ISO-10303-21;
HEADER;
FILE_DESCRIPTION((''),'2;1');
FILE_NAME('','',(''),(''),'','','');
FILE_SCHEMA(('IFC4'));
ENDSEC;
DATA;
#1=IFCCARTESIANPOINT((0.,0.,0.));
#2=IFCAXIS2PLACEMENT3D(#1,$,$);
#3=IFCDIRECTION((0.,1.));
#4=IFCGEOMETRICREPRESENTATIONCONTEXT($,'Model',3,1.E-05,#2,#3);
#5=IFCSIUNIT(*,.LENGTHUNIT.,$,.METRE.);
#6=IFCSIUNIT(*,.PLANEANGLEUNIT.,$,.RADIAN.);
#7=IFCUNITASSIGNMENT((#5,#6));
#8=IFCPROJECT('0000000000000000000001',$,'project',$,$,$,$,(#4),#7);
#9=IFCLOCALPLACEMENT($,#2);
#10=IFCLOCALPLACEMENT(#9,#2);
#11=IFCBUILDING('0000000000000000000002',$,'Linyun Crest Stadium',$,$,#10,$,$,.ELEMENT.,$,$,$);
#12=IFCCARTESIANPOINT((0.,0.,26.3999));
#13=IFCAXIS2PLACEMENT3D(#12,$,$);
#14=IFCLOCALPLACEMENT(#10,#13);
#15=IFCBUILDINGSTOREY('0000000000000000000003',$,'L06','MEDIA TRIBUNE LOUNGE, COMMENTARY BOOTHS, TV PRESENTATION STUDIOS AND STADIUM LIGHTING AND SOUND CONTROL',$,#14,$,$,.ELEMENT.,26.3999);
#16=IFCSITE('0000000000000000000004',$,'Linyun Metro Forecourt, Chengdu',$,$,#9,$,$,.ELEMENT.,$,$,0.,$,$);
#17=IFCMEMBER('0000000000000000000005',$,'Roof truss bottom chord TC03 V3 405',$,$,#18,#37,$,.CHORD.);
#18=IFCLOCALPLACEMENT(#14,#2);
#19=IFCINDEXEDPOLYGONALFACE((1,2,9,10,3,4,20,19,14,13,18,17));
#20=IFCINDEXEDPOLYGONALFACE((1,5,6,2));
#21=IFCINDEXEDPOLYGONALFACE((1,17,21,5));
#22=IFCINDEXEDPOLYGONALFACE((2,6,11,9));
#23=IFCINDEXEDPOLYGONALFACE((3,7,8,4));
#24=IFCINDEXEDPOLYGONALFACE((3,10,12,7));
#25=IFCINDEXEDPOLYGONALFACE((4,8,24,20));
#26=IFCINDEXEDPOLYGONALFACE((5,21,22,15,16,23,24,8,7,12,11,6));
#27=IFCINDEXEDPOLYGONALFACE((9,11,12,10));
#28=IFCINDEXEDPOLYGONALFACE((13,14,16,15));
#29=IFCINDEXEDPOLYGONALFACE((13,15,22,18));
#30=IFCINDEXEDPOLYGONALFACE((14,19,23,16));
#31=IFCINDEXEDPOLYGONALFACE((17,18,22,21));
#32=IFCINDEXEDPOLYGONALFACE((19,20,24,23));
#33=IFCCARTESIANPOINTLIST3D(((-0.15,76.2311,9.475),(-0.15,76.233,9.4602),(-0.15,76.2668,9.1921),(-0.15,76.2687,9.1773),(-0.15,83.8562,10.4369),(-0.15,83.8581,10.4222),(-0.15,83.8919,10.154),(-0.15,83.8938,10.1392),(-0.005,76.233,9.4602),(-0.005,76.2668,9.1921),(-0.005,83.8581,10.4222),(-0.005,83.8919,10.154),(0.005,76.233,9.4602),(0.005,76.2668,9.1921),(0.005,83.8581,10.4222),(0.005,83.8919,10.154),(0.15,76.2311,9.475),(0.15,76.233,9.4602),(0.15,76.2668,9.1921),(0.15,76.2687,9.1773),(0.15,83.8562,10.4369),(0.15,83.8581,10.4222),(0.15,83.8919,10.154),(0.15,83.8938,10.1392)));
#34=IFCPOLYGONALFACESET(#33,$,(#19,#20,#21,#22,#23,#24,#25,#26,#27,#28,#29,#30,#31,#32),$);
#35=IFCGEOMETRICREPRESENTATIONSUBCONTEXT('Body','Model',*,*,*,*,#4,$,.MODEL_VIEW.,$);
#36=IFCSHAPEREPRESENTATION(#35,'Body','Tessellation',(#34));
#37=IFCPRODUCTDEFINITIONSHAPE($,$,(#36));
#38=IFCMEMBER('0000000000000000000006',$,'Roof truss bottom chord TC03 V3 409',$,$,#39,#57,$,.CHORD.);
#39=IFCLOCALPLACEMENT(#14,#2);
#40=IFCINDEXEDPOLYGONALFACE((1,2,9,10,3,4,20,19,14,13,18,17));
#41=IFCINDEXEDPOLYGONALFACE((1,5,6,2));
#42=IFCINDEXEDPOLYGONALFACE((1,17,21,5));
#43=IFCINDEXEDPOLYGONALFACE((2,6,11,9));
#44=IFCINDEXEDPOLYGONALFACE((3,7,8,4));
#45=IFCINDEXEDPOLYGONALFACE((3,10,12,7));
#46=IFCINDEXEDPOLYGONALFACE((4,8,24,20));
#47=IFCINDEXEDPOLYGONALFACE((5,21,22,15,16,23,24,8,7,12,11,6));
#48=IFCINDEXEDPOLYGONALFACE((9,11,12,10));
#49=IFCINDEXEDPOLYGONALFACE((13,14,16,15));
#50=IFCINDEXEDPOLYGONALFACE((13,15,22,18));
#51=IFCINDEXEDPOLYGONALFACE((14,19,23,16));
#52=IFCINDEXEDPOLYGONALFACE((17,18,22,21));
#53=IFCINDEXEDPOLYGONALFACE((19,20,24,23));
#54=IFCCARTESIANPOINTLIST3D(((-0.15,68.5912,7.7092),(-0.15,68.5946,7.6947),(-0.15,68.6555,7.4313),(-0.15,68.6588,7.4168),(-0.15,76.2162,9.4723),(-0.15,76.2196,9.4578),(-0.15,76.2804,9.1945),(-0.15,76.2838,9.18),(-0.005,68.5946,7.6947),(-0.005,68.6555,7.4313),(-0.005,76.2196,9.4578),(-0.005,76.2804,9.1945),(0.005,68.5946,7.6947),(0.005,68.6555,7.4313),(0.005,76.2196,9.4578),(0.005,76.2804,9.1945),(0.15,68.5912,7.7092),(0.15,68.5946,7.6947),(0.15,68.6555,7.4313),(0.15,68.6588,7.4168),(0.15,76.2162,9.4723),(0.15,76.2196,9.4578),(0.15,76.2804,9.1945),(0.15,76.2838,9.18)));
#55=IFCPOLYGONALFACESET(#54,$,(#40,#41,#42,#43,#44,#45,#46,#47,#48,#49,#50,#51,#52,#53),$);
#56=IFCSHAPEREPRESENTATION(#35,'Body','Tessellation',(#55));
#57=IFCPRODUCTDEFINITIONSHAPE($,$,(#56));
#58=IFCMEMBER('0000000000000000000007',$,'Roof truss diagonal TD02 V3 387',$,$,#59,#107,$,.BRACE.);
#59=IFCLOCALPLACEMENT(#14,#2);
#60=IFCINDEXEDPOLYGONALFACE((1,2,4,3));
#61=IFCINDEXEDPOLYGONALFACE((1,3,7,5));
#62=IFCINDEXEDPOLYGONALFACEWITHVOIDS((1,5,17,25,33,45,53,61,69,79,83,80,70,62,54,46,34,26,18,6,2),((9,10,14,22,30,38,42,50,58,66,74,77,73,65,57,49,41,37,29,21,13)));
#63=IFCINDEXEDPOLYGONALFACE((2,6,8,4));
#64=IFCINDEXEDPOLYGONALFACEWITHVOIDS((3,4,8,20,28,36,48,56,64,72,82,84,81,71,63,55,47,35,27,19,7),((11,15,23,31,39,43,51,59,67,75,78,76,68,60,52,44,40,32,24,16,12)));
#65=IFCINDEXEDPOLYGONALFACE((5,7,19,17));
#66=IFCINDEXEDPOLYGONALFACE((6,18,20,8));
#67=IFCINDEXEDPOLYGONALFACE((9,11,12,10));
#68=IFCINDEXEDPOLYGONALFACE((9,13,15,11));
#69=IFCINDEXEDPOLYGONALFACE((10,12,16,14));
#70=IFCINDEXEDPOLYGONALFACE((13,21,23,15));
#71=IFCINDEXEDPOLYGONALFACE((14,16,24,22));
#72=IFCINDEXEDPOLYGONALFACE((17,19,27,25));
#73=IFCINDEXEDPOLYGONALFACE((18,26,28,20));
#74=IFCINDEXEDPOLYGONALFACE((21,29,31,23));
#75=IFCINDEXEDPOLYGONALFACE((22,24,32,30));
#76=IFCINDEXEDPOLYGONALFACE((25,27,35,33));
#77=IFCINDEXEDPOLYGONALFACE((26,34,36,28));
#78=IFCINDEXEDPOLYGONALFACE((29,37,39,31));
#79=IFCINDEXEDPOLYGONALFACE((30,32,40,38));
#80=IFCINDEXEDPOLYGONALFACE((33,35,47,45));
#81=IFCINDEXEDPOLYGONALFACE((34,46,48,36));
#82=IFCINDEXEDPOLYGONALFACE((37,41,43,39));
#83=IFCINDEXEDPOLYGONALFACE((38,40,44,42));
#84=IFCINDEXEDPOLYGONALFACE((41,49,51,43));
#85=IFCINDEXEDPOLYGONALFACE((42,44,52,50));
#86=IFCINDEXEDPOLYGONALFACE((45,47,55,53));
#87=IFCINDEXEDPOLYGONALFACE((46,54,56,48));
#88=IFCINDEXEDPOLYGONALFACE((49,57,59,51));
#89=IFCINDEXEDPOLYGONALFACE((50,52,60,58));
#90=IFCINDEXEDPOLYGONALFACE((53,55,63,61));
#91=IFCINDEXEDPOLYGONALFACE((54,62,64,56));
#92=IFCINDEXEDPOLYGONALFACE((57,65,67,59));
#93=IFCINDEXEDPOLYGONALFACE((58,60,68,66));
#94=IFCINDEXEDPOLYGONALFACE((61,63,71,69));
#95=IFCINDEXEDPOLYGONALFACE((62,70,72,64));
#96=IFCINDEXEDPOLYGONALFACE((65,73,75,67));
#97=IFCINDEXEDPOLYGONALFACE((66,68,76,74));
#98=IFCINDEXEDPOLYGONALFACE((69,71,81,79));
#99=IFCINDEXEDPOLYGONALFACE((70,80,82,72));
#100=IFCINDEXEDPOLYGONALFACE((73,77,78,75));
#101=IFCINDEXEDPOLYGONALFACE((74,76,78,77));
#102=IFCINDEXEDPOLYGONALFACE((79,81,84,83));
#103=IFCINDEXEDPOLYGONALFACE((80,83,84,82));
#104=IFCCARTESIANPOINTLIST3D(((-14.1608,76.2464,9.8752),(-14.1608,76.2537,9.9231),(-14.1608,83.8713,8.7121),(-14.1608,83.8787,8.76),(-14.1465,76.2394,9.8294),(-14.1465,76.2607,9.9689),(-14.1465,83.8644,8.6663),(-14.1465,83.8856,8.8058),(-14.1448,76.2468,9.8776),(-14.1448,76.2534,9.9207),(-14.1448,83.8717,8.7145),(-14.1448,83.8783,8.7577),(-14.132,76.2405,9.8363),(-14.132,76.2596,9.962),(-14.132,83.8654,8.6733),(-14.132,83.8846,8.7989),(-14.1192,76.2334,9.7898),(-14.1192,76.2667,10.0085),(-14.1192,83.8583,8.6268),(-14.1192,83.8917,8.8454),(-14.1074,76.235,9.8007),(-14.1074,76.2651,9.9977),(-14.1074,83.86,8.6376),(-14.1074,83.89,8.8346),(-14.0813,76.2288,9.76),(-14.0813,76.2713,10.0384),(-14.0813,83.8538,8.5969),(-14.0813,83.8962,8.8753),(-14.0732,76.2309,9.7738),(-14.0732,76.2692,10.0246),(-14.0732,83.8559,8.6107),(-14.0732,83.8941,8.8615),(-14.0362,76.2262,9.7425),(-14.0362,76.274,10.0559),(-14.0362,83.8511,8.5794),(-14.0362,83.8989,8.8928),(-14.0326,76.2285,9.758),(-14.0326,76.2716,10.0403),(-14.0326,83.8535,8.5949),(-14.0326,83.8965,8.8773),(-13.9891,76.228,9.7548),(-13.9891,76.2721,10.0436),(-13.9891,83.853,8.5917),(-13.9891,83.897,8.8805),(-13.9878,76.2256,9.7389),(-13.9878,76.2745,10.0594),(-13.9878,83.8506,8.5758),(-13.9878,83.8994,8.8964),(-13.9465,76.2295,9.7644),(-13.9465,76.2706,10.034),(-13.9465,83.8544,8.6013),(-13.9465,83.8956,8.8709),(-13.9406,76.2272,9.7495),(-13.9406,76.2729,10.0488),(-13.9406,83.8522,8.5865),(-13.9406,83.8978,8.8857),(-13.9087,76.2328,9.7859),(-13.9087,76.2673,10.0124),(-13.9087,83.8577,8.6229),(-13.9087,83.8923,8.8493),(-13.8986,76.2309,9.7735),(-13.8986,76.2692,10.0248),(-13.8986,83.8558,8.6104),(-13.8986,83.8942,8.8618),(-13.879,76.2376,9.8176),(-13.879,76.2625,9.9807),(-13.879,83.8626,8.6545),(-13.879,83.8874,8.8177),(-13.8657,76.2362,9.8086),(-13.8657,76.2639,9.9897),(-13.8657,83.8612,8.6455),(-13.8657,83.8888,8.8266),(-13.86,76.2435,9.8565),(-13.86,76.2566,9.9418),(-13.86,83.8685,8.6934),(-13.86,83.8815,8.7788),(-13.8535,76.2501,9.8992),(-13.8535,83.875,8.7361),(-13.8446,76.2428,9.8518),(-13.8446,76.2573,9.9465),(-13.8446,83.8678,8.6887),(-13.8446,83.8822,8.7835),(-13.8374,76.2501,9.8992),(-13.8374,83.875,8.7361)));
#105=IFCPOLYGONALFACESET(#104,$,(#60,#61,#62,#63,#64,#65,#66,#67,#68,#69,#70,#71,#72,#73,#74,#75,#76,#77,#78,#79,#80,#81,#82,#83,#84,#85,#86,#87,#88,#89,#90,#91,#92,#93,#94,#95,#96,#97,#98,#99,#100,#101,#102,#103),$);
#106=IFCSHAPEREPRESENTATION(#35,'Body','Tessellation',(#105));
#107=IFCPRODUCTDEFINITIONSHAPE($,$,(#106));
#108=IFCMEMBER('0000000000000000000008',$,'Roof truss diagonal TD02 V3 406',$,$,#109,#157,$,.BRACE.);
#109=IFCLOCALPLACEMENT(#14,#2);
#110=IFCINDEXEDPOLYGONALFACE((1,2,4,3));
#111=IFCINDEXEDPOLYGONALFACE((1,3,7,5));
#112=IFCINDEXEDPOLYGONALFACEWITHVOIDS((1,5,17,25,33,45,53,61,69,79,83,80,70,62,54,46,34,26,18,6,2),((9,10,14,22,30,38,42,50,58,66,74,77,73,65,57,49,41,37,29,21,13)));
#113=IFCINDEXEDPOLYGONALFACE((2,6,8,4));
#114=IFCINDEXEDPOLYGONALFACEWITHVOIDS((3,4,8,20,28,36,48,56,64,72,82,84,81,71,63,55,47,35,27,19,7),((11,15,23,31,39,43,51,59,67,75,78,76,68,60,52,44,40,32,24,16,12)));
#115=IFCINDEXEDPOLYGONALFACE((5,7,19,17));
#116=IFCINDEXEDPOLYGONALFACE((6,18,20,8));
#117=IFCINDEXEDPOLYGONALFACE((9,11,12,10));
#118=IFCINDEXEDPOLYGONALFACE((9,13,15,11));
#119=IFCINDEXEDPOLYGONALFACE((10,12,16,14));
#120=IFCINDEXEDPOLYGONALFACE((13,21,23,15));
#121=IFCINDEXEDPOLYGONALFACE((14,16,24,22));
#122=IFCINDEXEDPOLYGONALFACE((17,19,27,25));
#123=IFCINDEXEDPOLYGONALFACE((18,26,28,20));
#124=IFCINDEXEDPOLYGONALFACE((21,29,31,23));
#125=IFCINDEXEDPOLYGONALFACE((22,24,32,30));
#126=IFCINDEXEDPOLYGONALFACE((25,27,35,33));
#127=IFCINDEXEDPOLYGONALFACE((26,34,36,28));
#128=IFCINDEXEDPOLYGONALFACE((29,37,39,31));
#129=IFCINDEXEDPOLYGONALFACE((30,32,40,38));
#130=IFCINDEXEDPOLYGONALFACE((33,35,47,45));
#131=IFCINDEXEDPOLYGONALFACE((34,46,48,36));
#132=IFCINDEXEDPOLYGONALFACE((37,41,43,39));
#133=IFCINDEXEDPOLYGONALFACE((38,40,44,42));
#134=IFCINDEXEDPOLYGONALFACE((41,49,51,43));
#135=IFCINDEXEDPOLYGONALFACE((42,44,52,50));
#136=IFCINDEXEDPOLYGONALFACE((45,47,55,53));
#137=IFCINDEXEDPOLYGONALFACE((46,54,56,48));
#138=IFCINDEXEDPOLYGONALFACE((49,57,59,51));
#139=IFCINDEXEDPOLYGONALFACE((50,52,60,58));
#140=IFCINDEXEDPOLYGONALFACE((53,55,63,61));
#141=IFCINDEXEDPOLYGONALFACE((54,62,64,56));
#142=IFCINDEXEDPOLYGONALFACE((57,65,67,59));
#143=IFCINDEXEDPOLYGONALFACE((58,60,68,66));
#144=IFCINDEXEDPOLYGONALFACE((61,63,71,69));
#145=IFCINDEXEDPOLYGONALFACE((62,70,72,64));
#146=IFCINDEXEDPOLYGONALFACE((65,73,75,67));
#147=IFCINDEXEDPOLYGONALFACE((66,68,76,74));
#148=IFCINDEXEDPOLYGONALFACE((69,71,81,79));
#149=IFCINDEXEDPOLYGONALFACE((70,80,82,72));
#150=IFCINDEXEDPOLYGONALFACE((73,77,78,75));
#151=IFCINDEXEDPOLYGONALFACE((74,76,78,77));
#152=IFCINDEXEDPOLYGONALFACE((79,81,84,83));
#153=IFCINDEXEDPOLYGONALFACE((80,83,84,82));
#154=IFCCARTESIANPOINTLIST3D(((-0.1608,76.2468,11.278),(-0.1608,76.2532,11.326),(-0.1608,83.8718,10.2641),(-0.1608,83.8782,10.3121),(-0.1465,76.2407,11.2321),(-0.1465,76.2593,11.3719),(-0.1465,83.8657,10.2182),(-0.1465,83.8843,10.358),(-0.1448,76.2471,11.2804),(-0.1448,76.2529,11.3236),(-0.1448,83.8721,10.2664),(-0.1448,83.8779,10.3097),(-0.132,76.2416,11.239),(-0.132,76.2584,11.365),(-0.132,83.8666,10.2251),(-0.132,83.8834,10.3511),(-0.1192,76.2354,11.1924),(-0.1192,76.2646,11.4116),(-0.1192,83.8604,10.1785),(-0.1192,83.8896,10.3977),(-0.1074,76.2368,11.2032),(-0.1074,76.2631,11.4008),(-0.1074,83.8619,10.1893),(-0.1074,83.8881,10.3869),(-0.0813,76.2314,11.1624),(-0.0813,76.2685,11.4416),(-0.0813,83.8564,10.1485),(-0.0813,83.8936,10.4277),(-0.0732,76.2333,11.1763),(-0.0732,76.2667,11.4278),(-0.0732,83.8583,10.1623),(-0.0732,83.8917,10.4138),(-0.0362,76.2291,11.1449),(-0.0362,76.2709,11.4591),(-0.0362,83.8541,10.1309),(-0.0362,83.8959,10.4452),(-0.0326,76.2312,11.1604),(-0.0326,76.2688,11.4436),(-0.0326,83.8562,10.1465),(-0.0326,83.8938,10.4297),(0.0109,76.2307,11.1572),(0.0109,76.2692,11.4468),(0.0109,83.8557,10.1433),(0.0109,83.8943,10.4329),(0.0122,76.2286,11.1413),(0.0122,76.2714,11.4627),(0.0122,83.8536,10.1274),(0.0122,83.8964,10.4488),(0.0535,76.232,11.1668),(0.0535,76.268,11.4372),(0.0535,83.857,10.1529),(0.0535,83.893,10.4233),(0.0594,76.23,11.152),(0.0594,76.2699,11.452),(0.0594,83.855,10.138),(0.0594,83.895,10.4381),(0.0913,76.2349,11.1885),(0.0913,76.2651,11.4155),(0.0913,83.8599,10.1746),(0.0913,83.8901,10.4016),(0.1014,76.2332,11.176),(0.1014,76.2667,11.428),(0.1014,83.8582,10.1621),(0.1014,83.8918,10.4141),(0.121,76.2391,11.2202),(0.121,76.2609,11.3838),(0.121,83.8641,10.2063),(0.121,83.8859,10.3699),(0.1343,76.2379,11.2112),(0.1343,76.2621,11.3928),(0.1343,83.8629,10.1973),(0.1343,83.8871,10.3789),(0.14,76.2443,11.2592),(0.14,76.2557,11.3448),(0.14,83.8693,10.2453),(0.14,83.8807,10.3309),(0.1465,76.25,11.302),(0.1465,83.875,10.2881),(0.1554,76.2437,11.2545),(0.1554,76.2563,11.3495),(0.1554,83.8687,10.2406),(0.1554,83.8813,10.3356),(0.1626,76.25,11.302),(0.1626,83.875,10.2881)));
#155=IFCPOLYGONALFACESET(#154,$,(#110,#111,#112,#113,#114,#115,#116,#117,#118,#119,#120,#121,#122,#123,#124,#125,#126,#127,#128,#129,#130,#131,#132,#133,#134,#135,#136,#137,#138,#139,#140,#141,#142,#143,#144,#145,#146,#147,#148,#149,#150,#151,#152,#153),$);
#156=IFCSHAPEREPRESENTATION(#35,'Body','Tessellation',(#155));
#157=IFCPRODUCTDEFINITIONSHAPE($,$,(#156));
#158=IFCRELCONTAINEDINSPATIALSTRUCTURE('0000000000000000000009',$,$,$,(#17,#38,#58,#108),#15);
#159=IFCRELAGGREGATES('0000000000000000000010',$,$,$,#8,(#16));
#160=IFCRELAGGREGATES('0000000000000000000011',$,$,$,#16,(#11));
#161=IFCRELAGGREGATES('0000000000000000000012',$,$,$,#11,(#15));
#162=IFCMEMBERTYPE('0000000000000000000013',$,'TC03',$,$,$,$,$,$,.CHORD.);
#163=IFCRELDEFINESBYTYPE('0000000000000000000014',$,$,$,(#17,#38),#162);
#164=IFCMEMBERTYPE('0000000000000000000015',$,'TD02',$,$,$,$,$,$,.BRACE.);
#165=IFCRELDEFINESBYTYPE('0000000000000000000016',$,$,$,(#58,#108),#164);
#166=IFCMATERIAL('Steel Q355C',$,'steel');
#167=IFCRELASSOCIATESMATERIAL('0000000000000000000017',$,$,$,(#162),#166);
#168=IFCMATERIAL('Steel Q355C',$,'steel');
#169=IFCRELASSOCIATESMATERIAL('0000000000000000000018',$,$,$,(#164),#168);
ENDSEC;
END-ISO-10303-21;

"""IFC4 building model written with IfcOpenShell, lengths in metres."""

from ifc_helpers import new_model, si_unit, direction, frame, origin, origin_2d, place, context, subcontext, project, spatial, hollow_circle, i_section, extrude, material, material_profile, profile_set, type_object, element, save


model = new_model("IFC4")

# Units and contexts
model_context = context("Model", 3, precision=1e-05, world=origin(), true_north=direction((0.0, 1.0)))
body_context = subcontext(model_context, "Body", "Model", "MODEL_VIEW")
ifc_project = project(units=[si_unit("LENGTHUNIT", "METRE"), si_unit("PLANEANGLEUNIT", "RADIAN")], contexts=[model_context])

# Site, building, storey
site_placement = place(None, origin())
site = spatial("IfcSite", under=ifc_project, at=site_placement, Name="Linyun Metro Forecourt, Chengdu", CompositionType="ELEMENT", RefElevation=0.0)
building_placement = place(site_placement, origin())
building = spatial("IfcBuilding", under=site, at=building_placement, Name="Linyun Crest Stadium", CompositionType="ELEMENT")
storey_placement = place(building_placement, frame((0.0, 0.0, 26.3999)))
storey = spatial("IfcBuildingStorey", under=building, at=storey_placement, Name="L06", Description="MEDIA TRIBUNE LOUNGE, COMMENTARY BOOTHS, TV PRESENTATION STUDIOS AND STADIUM LIGHTING AND SOUND CONTROL", CompositionType="ELEMENT", Elevation=26.3999)

# Members
ifc_material_1 = material(Name="Steel Q355C", Category="steel")
ifc_material_profile_1 = material_profile(ifc_material_1, i_section(OverallWidth=0.3, OverallDepth=0.3, WebThickness=0.01, FlangeThickness=0.0149, at=origin_2d()), Name="HW 300x300")
ifc_profile_set_1 = profile_set([ifc_material_profile_1], Name="Steel Q355C")
member_type_1 = type_object("IfcMemberType", Name="TC03", PredefinedType="CHORD", material=ifc_profile_set_1)
member_1_placement = place(storey_placement, frame((0.0, 83.875, 10.2881), z_axis=(0.0, -0.992136, -0.125161), x_axis=(1.0, 0.0, 0.0)))
element("IfcMember", 1, at=member_1_placement, inside=storey, type_object=member_type_1, Name="Roof truss bottom chord TC03 V3 405", PredefinedType="CHORD", context=body_context, shape_type="SweptSolid", body=[
    extrude(i_section(OverallWidth=0.3, OverallDepth=0.3, WebThickness=0.01, FlangeThickness=0.0149, at=origin_2d()), origin(), (0.0, 0.0, 1.0), 7.6855),
])
member_2_placement = place(storey_placement, frame((0.0, 76.25, 9.3262), z_axis=(0.0, -0.974291, -0.225292), x_axis=(1.0, 0.0, 0.0)))
element("IfcMember", 2, at=member_2_placement, inside=storey, type_object=member_type_1, Name="Roof truss bottom chord TC03 V3 409", PredefinedType="CHORD", context=body_context, shape_type="SweptSolid", body=[
    extrude(i_section(OverallWidth=0.3, OverallDepth=0.3, WebThickness=0.01, FlangeThickness=0.0149, at=origin_2d()), origin(), (0.0, 0.0, 1.0), 7.8262),
])
ifc_material_2 = material(Name="Steel Q355C", Category="steel")
ifc_material_profile_2 = material_profile(ifc_material_2, hollow_circle(Radius=0.1626, WallThickness=0.0161, at=origin_2d()), Name="CHS 325x16")
ifc_profile_set_2 = profile_set([ifc_material_profile_2], Name="Steel Q355C")
member_type_2 = type_object("IfcMemberType", Name="TD02", PredefinedType="BRACE", material=ifc_profile_set_2)
member_3_placement = place(storey_placement, frame((-14.0, 83.875, 8.7361), z_axis=(0.0, -0.988566, 0.150792), x_axis=(1.0, 0.0, 0.0)))
element("IfcMember", 3, at=member_3_placement, inside=storey, type_object=member_type_2, Name="Roof truss diagonal TD02 V3 387", PredefinedType="BRACE", context=body_context, shape_type="SweptSolid", body=[
    extrude(hollow_circle(Radius=0.1626, WallThickness=0.0161, at=origin_2d()), origin(), (0.0, 0.0, 1.0), 7.7131),
])
member_4_placement = place(storey_placement, frame((0.0, 83.875, 10.2881), z_axis=(0.0, -0.991275, 0.131812), x_axis=(1.0, 0.0, 0.0)))
element("IfcMember", 4, at=member_4_placement, inside=storey, type_object=member_type_2, Name="Roof truss diagonal TD02 V3 406", PredefinedType="BRACE", context=body_context, shape_type="SweptSolid", body=[
    extrude(hollow_circle(Radius=0.1626, WallThickness=0.0161, at=origin_2d()), origin(), (0.0, 0.0, 1.0), 7.6921),
])

save(model, "model.ifc")
